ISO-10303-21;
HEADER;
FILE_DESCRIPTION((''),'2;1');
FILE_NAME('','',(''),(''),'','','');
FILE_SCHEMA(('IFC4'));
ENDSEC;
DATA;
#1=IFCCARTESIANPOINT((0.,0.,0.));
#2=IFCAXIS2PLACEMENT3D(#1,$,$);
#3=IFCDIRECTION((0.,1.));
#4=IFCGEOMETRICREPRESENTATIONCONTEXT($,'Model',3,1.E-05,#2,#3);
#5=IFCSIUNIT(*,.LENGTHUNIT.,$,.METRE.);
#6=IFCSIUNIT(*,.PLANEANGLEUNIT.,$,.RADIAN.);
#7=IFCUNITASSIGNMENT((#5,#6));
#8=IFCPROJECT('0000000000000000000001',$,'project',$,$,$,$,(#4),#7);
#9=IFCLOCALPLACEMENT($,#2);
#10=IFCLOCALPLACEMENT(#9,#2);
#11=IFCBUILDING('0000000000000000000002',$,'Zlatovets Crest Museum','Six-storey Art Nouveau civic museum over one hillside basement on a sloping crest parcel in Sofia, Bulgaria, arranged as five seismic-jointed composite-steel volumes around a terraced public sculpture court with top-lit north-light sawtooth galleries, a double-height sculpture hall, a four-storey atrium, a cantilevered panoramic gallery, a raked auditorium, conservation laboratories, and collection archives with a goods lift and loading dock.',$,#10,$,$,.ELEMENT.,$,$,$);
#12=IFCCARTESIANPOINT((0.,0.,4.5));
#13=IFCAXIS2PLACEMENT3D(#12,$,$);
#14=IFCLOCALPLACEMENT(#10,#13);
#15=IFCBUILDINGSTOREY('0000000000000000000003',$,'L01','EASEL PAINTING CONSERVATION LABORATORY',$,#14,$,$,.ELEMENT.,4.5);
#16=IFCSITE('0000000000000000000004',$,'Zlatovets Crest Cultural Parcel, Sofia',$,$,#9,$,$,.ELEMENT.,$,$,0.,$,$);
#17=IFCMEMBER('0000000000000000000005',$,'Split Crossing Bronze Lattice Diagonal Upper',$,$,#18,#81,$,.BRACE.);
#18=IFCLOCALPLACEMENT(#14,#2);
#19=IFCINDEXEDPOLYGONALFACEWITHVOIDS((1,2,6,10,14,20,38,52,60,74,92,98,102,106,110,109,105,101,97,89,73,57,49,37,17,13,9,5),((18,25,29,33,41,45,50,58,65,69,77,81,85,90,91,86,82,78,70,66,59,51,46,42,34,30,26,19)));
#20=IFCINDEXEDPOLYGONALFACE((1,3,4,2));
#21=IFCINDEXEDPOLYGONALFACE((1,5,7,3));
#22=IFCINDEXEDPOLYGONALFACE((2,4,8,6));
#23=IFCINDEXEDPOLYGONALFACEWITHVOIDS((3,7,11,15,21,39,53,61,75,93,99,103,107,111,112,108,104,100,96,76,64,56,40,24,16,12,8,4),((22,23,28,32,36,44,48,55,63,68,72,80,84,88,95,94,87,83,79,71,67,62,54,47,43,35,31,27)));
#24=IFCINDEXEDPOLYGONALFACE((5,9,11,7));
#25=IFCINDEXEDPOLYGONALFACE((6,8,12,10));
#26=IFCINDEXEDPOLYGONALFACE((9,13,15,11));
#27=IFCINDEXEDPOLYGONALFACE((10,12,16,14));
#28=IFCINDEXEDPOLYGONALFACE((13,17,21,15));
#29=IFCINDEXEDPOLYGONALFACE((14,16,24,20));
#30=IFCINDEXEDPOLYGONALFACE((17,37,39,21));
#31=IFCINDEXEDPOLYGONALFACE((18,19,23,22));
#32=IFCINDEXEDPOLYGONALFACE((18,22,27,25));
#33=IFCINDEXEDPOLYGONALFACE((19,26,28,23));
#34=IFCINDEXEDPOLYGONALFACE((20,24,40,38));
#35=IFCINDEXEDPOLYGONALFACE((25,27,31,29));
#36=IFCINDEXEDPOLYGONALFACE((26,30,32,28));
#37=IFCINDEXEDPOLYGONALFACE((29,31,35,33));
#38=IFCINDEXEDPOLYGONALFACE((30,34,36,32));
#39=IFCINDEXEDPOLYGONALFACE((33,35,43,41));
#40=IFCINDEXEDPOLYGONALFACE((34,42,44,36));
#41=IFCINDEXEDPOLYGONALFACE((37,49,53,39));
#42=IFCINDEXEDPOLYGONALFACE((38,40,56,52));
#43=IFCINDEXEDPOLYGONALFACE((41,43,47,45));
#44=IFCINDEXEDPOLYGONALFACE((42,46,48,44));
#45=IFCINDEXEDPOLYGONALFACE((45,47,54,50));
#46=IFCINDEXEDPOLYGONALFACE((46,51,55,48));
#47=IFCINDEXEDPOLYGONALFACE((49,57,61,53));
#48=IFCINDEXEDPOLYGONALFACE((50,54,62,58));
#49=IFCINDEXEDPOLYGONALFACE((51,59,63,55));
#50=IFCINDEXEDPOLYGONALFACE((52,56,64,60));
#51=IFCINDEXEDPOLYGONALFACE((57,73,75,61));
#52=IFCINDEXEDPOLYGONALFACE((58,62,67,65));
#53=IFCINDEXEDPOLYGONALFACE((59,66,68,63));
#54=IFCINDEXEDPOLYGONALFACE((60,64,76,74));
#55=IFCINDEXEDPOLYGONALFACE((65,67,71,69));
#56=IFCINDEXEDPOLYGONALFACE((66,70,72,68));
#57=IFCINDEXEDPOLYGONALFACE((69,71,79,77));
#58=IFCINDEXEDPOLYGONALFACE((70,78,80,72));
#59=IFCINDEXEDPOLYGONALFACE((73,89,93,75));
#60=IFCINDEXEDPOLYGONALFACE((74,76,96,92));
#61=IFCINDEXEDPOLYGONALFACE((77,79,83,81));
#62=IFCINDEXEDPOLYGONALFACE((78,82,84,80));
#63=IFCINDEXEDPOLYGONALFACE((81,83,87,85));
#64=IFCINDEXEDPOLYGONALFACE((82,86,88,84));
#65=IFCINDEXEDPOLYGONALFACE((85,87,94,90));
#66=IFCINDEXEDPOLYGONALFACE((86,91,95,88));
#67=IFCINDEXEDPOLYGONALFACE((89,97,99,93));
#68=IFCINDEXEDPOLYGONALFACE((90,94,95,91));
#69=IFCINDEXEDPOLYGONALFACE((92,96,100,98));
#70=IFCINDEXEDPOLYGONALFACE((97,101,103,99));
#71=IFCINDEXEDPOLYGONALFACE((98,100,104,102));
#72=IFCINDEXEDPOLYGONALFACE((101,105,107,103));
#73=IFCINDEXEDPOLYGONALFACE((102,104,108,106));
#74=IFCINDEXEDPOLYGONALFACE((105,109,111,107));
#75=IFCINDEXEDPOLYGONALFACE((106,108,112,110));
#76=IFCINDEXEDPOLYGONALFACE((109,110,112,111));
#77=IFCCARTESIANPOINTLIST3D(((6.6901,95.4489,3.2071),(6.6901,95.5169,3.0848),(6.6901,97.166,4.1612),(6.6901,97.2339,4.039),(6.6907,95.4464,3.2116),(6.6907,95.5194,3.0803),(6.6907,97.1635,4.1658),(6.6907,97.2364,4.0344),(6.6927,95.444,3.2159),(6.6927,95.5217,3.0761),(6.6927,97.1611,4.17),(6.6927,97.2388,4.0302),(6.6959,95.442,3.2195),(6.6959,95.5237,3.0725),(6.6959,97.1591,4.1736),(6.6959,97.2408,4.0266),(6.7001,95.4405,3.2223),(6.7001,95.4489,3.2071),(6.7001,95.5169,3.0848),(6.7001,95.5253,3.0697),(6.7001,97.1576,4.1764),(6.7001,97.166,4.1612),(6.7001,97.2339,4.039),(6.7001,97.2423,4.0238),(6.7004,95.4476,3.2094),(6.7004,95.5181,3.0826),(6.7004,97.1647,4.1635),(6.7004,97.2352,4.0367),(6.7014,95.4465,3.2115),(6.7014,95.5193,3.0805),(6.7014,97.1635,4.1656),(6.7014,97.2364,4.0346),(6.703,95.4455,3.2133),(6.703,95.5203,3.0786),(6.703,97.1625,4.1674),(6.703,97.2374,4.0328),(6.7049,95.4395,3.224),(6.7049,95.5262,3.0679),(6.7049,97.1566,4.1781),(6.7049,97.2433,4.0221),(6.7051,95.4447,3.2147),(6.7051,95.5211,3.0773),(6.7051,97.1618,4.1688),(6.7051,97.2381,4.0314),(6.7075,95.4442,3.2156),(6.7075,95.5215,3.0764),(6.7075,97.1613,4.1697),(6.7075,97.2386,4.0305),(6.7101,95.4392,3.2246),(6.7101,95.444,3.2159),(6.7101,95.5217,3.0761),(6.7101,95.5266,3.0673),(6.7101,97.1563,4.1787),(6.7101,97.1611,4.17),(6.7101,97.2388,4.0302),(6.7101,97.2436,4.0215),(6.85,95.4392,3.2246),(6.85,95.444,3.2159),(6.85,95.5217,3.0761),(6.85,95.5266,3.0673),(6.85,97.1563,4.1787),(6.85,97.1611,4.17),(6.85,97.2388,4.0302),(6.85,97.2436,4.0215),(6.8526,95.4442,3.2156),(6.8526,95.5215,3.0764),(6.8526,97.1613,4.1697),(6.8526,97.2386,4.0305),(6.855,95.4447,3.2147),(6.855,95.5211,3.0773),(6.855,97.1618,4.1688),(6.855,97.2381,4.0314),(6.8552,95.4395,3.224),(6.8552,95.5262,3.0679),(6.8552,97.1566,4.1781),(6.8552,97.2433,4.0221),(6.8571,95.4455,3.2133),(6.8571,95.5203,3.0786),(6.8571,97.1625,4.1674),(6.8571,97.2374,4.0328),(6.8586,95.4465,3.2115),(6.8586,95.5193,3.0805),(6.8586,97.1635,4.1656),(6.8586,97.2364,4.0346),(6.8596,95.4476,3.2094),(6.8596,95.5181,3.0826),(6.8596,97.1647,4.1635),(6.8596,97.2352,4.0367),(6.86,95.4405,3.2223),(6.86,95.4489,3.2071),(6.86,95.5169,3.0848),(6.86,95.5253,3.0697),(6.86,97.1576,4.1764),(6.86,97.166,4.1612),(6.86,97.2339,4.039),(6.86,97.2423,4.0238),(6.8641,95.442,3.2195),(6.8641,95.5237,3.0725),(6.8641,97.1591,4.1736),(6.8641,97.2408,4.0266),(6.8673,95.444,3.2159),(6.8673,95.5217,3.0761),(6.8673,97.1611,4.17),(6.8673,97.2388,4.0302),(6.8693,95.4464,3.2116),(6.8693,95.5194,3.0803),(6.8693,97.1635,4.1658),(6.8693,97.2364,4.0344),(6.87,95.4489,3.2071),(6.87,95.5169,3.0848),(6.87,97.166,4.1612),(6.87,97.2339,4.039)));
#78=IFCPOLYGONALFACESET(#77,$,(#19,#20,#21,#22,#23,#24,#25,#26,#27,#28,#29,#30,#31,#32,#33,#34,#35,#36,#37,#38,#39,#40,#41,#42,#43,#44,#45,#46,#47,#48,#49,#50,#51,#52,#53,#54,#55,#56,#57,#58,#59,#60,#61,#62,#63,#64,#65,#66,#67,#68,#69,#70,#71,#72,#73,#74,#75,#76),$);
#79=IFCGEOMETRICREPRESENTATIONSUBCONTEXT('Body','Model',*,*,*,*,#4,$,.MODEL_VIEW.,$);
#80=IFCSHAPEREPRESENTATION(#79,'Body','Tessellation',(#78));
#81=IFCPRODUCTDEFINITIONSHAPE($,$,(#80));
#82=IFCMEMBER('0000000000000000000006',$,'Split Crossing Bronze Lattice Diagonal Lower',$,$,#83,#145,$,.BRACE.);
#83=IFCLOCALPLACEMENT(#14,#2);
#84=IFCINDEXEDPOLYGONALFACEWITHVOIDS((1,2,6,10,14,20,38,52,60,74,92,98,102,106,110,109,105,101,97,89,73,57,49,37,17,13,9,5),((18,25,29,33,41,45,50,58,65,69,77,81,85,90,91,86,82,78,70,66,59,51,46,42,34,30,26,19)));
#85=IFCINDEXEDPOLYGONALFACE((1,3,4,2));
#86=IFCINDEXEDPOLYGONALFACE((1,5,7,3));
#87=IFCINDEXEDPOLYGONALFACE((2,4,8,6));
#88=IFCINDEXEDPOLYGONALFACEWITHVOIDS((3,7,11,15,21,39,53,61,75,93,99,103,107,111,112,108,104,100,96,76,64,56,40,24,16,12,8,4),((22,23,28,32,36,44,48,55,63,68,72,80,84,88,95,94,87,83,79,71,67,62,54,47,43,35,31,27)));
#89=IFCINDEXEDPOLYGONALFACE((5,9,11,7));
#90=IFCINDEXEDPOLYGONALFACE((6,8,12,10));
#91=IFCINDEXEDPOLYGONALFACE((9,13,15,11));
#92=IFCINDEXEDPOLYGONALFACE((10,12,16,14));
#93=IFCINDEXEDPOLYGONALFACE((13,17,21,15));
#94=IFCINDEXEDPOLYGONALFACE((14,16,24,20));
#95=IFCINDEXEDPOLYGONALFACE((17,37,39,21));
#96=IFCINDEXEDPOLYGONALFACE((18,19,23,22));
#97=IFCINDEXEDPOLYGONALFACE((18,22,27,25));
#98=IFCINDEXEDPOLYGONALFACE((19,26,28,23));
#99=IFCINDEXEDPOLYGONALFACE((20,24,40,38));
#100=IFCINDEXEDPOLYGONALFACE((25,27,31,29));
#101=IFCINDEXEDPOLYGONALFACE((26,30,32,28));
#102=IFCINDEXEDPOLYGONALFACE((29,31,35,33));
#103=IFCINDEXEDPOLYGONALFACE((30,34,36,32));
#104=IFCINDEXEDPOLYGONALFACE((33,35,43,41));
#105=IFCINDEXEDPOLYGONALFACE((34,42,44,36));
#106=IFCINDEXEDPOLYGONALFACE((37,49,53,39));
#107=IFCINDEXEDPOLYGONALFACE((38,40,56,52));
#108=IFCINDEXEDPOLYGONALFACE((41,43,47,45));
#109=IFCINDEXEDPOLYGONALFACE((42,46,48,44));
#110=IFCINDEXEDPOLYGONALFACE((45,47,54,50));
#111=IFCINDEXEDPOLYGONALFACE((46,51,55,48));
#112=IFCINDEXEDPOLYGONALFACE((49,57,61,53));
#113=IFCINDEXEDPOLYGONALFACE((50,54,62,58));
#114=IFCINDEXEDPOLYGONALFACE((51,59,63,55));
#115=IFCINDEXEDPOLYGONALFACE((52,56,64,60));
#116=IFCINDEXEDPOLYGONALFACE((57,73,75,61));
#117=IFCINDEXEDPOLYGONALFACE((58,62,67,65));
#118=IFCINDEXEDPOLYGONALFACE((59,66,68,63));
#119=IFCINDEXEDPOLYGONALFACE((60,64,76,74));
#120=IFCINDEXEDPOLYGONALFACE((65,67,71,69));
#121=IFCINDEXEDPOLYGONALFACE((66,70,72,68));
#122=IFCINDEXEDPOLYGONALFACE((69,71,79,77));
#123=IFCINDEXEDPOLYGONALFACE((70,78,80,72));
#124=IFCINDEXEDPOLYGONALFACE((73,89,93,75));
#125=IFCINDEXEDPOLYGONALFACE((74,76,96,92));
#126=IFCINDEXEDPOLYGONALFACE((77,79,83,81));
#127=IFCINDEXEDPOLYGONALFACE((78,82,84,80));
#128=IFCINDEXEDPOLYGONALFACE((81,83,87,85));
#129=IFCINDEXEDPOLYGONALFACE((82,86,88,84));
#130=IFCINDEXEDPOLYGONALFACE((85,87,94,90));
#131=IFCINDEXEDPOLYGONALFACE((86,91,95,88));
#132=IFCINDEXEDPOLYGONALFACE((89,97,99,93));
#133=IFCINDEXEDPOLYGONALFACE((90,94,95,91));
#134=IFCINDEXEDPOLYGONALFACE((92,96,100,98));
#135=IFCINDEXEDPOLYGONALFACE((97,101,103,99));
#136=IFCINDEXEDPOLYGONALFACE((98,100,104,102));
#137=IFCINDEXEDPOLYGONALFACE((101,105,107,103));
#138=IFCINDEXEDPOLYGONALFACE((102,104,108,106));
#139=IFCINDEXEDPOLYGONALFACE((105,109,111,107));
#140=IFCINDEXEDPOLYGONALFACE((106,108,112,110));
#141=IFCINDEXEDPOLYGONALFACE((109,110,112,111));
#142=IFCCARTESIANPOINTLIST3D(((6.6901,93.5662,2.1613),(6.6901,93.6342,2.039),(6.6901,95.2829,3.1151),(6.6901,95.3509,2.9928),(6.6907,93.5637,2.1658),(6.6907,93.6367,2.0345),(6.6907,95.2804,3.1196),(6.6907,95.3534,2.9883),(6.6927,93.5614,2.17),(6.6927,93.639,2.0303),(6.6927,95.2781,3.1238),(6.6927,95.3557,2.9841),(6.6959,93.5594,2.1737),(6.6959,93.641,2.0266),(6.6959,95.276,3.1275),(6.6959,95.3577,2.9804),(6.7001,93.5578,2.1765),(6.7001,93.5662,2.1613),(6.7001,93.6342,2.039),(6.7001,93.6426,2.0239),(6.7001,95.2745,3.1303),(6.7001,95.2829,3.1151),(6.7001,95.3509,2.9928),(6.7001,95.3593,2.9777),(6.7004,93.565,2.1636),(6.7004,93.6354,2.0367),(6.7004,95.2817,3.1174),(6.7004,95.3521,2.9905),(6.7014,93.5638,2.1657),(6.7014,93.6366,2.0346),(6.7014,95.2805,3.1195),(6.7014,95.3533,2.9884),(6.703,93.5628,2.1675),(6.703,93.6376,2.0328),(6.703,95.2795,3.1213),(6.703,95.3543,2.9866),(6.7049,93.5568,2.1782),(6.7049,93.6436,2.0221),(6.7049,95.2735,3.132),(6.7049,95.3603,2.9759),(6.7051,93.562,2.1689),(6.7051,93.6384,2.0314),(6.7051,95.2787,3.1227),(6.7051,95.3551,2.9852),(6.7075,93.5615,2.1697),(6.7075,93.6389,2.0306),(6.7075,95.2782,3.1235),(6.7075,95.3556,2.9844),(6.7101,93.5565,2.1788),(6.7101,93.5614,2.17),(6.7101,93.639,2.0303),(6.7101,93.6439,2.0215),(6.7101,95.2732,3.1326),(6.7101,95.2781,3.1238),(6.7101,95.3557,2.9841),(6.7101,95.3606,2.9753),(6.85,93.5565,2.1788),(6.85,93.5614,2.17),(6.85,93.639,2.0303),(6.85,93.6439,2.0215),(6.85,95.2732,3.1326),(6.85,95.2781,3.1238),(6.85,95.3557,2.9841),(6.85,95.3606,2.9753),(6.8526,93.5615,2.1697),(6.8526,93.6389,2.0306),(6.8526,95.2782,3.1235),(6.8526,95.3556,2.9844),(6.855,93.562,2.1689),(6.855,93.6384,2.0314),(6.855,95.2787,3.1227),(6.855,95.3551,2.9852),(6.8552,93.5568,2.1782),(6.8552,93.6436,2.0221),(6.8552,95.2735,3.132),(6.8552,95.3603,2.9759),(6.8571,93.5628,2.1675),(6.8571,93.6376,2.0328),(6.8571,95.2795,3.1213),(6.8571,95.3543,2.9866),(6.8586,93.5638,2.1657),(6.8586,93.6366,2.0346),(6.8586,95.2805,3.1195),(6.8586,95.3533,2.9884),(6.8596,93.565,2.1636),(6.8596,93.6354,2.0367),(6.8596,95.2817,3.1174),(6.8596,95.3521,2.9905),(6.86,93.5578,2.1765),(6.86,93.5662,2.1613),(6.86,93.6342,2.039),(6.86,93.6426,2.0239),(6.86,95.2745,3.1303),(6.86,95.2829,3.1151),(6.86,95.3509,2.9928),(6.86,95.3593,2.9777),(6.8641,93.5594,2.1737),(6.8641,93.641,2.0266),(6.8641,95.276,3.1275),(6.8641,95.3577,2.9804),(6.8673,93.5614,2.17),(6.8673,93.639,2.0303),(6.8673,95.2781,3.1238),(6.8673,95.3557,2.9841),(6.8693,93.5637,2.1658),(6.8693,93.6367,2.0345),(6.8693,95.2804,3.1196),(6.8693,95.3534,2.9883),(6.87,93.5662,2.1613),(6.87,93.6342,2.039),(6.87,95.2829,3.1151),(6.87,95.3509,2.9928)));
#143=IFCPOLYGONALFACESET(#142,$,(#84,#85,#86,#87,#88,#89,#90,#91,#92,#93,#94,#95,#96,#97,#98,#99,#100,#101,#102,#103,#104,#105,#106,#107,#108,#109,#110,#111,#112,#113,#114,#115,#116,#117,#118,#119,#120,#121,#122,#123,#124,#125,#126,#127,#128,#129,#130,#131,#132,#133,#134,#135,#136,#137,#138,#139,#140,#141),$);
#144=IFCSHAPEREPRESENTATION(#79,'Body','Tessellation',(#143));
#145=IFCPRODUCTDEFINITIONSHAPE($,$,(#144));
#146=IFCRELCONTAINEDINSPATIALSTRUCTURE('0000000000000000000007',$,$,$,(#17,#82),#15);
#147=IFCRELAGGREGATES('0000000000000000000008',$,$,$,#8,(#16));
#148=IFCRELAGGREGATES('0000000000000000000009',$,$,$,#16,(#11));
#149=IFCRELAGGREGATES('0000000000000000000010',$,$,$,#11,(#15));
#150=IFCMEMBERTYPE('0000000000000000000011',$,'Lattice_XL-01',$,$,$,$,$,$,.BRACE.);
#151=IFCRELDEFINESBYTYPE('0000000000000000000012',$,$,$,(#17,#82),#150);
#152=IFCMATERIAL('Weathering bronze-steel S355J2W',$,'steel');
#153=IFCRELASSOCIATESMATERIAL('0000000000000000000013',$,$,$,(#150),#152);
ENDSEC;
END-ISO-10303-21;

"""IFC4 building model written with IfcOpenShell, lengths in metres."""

from ifc_helpers import new_model, si_unit, direction, frame, origin, origin_2d, place, context, subcontext, project, spatial, hollow_rectangle, extrude, material, material_profile, profile_set, type_object, element, save


model = new_model("IFC4")

# Units and contexts
model_context = context("Model", 3, precision=1e-05, world=origin(), true_north=direction((0.0, 1.0)))
body_context = subcontext(model_context, "Body", "Model", "MODEL_VIEW")
ifc_project = project(units=[si_unit("LENGTHUNIT", "METRE"), si_unit("PLANEANGLEUNIT", "RADIAN")], contexts=[model_context])

# Site, building, storey
site_placement = place(None, origin())
site = spatial("IfcSite", under=ifc_project, at=site_placement, Name="Zlatovets Crest Cultural Parcel, Sofia", CompositionType="ELEMENT", RefElevation=0.0)
building_placement = place(site_placement, origin())
building = spatial("IfcBuilding", under=site, at=building_placement, Name="Zlatovets Crest Museum", Description="Six-storey Art Nouveau civic museum over one hillside basement on a sloping crest parcel in Sofia, Bulgaria, arranged as five seismic-jointed composite-steel volumes around a terraced public sculpture court with top-lit north-light sawtooth galleries, a double-height sculpture hall, a four-storey atrium, a cantilevered panoramic gallery, a raked auditorium, conservation laboratories, and collection archives with a goods lift and loading dock.", CompositionType="ELEMENT")
storey_placement = place(building_placement, frame((0.0, 0.0, 4.5)))
storey = spatial("IfcBuildingStorey", under=building, at=storey_placement, Name="L01", Description="EASEL PAINTING CONSERVATION LABORATORY", CompositionType="ELEMENT", Elevation=4.5)

# Members
ifc_material_1 = material(Name="Weathering bronze-steel S355J2W", Category="steel")
ifc_material_profile_1 = material_profile(ifc_material_1, hollow_rectangle(XDim=0.1799, YDim=0.1799, WallThickness=0.01, InnerFilletRadius=0.01, OuterFilletRadius=0.02, at=origin_2d()), Name="SHS 180x180x10.0")
ifc_profile_set_1 = profile_set([ifc_material_profile_1], Name="Weathering bronze-steel S355J2W")
member_type_1 = type_object("IfcMemberType", Name="Lattice_XL-01", PredefinedType="BRACE", material=ifc_profile_set_1)
member_1_placement = place(storey_placement, frame((6.78, 97.2, 4.1001), z_axis=(0.0, -0.874116, -0.485717), x_axis=(1.0, 0.0, 0.0)))
element("IfcMember", 1, at=member_1_placement, inside=storey, type_object=member_type_1, Name="Split Crossing Bronze Lattice Diagonal Upper", PredefinedType="BRACE", context=body_context, shape_type="SweptSolid", body=[
    extrude(hollow_rectangle(XDim=0.1799, YDim=0.1799, WallThickness=0.01, InnerFilletRadius=0.01, OuterFilletRadius=0.02, at=origin_2d()), origin(), (0.0, 0.0, 1.0), 1.9644),
])
member_2_placement = place(storey_placement, frame((6.78, 95.3169, 3.054), z_axis=(0.0, -0.87414, -0.485675), x_axis=(1.0, 0.0, 0.0)))
element("IfcMember", 2, at=member_2_placement, inside=storey, type_object=member_type_1, Name="Split Crossing Bronze Lattice Diagonal Lower", PredefinedType="BRACE", context=body_context, shape_type="SweptSolid", body=[
    extrude(hollow_rectangle(XDim=0.1799, YDim=0.1799, WallThickness=0.01, InnerFilletRadius=0.01, OuterFilletRadius=0.02, at=origin_2d()), origin(), (0.0, 0.0, 1.0), 1.9639),
])

save(model, "model.ifc")
